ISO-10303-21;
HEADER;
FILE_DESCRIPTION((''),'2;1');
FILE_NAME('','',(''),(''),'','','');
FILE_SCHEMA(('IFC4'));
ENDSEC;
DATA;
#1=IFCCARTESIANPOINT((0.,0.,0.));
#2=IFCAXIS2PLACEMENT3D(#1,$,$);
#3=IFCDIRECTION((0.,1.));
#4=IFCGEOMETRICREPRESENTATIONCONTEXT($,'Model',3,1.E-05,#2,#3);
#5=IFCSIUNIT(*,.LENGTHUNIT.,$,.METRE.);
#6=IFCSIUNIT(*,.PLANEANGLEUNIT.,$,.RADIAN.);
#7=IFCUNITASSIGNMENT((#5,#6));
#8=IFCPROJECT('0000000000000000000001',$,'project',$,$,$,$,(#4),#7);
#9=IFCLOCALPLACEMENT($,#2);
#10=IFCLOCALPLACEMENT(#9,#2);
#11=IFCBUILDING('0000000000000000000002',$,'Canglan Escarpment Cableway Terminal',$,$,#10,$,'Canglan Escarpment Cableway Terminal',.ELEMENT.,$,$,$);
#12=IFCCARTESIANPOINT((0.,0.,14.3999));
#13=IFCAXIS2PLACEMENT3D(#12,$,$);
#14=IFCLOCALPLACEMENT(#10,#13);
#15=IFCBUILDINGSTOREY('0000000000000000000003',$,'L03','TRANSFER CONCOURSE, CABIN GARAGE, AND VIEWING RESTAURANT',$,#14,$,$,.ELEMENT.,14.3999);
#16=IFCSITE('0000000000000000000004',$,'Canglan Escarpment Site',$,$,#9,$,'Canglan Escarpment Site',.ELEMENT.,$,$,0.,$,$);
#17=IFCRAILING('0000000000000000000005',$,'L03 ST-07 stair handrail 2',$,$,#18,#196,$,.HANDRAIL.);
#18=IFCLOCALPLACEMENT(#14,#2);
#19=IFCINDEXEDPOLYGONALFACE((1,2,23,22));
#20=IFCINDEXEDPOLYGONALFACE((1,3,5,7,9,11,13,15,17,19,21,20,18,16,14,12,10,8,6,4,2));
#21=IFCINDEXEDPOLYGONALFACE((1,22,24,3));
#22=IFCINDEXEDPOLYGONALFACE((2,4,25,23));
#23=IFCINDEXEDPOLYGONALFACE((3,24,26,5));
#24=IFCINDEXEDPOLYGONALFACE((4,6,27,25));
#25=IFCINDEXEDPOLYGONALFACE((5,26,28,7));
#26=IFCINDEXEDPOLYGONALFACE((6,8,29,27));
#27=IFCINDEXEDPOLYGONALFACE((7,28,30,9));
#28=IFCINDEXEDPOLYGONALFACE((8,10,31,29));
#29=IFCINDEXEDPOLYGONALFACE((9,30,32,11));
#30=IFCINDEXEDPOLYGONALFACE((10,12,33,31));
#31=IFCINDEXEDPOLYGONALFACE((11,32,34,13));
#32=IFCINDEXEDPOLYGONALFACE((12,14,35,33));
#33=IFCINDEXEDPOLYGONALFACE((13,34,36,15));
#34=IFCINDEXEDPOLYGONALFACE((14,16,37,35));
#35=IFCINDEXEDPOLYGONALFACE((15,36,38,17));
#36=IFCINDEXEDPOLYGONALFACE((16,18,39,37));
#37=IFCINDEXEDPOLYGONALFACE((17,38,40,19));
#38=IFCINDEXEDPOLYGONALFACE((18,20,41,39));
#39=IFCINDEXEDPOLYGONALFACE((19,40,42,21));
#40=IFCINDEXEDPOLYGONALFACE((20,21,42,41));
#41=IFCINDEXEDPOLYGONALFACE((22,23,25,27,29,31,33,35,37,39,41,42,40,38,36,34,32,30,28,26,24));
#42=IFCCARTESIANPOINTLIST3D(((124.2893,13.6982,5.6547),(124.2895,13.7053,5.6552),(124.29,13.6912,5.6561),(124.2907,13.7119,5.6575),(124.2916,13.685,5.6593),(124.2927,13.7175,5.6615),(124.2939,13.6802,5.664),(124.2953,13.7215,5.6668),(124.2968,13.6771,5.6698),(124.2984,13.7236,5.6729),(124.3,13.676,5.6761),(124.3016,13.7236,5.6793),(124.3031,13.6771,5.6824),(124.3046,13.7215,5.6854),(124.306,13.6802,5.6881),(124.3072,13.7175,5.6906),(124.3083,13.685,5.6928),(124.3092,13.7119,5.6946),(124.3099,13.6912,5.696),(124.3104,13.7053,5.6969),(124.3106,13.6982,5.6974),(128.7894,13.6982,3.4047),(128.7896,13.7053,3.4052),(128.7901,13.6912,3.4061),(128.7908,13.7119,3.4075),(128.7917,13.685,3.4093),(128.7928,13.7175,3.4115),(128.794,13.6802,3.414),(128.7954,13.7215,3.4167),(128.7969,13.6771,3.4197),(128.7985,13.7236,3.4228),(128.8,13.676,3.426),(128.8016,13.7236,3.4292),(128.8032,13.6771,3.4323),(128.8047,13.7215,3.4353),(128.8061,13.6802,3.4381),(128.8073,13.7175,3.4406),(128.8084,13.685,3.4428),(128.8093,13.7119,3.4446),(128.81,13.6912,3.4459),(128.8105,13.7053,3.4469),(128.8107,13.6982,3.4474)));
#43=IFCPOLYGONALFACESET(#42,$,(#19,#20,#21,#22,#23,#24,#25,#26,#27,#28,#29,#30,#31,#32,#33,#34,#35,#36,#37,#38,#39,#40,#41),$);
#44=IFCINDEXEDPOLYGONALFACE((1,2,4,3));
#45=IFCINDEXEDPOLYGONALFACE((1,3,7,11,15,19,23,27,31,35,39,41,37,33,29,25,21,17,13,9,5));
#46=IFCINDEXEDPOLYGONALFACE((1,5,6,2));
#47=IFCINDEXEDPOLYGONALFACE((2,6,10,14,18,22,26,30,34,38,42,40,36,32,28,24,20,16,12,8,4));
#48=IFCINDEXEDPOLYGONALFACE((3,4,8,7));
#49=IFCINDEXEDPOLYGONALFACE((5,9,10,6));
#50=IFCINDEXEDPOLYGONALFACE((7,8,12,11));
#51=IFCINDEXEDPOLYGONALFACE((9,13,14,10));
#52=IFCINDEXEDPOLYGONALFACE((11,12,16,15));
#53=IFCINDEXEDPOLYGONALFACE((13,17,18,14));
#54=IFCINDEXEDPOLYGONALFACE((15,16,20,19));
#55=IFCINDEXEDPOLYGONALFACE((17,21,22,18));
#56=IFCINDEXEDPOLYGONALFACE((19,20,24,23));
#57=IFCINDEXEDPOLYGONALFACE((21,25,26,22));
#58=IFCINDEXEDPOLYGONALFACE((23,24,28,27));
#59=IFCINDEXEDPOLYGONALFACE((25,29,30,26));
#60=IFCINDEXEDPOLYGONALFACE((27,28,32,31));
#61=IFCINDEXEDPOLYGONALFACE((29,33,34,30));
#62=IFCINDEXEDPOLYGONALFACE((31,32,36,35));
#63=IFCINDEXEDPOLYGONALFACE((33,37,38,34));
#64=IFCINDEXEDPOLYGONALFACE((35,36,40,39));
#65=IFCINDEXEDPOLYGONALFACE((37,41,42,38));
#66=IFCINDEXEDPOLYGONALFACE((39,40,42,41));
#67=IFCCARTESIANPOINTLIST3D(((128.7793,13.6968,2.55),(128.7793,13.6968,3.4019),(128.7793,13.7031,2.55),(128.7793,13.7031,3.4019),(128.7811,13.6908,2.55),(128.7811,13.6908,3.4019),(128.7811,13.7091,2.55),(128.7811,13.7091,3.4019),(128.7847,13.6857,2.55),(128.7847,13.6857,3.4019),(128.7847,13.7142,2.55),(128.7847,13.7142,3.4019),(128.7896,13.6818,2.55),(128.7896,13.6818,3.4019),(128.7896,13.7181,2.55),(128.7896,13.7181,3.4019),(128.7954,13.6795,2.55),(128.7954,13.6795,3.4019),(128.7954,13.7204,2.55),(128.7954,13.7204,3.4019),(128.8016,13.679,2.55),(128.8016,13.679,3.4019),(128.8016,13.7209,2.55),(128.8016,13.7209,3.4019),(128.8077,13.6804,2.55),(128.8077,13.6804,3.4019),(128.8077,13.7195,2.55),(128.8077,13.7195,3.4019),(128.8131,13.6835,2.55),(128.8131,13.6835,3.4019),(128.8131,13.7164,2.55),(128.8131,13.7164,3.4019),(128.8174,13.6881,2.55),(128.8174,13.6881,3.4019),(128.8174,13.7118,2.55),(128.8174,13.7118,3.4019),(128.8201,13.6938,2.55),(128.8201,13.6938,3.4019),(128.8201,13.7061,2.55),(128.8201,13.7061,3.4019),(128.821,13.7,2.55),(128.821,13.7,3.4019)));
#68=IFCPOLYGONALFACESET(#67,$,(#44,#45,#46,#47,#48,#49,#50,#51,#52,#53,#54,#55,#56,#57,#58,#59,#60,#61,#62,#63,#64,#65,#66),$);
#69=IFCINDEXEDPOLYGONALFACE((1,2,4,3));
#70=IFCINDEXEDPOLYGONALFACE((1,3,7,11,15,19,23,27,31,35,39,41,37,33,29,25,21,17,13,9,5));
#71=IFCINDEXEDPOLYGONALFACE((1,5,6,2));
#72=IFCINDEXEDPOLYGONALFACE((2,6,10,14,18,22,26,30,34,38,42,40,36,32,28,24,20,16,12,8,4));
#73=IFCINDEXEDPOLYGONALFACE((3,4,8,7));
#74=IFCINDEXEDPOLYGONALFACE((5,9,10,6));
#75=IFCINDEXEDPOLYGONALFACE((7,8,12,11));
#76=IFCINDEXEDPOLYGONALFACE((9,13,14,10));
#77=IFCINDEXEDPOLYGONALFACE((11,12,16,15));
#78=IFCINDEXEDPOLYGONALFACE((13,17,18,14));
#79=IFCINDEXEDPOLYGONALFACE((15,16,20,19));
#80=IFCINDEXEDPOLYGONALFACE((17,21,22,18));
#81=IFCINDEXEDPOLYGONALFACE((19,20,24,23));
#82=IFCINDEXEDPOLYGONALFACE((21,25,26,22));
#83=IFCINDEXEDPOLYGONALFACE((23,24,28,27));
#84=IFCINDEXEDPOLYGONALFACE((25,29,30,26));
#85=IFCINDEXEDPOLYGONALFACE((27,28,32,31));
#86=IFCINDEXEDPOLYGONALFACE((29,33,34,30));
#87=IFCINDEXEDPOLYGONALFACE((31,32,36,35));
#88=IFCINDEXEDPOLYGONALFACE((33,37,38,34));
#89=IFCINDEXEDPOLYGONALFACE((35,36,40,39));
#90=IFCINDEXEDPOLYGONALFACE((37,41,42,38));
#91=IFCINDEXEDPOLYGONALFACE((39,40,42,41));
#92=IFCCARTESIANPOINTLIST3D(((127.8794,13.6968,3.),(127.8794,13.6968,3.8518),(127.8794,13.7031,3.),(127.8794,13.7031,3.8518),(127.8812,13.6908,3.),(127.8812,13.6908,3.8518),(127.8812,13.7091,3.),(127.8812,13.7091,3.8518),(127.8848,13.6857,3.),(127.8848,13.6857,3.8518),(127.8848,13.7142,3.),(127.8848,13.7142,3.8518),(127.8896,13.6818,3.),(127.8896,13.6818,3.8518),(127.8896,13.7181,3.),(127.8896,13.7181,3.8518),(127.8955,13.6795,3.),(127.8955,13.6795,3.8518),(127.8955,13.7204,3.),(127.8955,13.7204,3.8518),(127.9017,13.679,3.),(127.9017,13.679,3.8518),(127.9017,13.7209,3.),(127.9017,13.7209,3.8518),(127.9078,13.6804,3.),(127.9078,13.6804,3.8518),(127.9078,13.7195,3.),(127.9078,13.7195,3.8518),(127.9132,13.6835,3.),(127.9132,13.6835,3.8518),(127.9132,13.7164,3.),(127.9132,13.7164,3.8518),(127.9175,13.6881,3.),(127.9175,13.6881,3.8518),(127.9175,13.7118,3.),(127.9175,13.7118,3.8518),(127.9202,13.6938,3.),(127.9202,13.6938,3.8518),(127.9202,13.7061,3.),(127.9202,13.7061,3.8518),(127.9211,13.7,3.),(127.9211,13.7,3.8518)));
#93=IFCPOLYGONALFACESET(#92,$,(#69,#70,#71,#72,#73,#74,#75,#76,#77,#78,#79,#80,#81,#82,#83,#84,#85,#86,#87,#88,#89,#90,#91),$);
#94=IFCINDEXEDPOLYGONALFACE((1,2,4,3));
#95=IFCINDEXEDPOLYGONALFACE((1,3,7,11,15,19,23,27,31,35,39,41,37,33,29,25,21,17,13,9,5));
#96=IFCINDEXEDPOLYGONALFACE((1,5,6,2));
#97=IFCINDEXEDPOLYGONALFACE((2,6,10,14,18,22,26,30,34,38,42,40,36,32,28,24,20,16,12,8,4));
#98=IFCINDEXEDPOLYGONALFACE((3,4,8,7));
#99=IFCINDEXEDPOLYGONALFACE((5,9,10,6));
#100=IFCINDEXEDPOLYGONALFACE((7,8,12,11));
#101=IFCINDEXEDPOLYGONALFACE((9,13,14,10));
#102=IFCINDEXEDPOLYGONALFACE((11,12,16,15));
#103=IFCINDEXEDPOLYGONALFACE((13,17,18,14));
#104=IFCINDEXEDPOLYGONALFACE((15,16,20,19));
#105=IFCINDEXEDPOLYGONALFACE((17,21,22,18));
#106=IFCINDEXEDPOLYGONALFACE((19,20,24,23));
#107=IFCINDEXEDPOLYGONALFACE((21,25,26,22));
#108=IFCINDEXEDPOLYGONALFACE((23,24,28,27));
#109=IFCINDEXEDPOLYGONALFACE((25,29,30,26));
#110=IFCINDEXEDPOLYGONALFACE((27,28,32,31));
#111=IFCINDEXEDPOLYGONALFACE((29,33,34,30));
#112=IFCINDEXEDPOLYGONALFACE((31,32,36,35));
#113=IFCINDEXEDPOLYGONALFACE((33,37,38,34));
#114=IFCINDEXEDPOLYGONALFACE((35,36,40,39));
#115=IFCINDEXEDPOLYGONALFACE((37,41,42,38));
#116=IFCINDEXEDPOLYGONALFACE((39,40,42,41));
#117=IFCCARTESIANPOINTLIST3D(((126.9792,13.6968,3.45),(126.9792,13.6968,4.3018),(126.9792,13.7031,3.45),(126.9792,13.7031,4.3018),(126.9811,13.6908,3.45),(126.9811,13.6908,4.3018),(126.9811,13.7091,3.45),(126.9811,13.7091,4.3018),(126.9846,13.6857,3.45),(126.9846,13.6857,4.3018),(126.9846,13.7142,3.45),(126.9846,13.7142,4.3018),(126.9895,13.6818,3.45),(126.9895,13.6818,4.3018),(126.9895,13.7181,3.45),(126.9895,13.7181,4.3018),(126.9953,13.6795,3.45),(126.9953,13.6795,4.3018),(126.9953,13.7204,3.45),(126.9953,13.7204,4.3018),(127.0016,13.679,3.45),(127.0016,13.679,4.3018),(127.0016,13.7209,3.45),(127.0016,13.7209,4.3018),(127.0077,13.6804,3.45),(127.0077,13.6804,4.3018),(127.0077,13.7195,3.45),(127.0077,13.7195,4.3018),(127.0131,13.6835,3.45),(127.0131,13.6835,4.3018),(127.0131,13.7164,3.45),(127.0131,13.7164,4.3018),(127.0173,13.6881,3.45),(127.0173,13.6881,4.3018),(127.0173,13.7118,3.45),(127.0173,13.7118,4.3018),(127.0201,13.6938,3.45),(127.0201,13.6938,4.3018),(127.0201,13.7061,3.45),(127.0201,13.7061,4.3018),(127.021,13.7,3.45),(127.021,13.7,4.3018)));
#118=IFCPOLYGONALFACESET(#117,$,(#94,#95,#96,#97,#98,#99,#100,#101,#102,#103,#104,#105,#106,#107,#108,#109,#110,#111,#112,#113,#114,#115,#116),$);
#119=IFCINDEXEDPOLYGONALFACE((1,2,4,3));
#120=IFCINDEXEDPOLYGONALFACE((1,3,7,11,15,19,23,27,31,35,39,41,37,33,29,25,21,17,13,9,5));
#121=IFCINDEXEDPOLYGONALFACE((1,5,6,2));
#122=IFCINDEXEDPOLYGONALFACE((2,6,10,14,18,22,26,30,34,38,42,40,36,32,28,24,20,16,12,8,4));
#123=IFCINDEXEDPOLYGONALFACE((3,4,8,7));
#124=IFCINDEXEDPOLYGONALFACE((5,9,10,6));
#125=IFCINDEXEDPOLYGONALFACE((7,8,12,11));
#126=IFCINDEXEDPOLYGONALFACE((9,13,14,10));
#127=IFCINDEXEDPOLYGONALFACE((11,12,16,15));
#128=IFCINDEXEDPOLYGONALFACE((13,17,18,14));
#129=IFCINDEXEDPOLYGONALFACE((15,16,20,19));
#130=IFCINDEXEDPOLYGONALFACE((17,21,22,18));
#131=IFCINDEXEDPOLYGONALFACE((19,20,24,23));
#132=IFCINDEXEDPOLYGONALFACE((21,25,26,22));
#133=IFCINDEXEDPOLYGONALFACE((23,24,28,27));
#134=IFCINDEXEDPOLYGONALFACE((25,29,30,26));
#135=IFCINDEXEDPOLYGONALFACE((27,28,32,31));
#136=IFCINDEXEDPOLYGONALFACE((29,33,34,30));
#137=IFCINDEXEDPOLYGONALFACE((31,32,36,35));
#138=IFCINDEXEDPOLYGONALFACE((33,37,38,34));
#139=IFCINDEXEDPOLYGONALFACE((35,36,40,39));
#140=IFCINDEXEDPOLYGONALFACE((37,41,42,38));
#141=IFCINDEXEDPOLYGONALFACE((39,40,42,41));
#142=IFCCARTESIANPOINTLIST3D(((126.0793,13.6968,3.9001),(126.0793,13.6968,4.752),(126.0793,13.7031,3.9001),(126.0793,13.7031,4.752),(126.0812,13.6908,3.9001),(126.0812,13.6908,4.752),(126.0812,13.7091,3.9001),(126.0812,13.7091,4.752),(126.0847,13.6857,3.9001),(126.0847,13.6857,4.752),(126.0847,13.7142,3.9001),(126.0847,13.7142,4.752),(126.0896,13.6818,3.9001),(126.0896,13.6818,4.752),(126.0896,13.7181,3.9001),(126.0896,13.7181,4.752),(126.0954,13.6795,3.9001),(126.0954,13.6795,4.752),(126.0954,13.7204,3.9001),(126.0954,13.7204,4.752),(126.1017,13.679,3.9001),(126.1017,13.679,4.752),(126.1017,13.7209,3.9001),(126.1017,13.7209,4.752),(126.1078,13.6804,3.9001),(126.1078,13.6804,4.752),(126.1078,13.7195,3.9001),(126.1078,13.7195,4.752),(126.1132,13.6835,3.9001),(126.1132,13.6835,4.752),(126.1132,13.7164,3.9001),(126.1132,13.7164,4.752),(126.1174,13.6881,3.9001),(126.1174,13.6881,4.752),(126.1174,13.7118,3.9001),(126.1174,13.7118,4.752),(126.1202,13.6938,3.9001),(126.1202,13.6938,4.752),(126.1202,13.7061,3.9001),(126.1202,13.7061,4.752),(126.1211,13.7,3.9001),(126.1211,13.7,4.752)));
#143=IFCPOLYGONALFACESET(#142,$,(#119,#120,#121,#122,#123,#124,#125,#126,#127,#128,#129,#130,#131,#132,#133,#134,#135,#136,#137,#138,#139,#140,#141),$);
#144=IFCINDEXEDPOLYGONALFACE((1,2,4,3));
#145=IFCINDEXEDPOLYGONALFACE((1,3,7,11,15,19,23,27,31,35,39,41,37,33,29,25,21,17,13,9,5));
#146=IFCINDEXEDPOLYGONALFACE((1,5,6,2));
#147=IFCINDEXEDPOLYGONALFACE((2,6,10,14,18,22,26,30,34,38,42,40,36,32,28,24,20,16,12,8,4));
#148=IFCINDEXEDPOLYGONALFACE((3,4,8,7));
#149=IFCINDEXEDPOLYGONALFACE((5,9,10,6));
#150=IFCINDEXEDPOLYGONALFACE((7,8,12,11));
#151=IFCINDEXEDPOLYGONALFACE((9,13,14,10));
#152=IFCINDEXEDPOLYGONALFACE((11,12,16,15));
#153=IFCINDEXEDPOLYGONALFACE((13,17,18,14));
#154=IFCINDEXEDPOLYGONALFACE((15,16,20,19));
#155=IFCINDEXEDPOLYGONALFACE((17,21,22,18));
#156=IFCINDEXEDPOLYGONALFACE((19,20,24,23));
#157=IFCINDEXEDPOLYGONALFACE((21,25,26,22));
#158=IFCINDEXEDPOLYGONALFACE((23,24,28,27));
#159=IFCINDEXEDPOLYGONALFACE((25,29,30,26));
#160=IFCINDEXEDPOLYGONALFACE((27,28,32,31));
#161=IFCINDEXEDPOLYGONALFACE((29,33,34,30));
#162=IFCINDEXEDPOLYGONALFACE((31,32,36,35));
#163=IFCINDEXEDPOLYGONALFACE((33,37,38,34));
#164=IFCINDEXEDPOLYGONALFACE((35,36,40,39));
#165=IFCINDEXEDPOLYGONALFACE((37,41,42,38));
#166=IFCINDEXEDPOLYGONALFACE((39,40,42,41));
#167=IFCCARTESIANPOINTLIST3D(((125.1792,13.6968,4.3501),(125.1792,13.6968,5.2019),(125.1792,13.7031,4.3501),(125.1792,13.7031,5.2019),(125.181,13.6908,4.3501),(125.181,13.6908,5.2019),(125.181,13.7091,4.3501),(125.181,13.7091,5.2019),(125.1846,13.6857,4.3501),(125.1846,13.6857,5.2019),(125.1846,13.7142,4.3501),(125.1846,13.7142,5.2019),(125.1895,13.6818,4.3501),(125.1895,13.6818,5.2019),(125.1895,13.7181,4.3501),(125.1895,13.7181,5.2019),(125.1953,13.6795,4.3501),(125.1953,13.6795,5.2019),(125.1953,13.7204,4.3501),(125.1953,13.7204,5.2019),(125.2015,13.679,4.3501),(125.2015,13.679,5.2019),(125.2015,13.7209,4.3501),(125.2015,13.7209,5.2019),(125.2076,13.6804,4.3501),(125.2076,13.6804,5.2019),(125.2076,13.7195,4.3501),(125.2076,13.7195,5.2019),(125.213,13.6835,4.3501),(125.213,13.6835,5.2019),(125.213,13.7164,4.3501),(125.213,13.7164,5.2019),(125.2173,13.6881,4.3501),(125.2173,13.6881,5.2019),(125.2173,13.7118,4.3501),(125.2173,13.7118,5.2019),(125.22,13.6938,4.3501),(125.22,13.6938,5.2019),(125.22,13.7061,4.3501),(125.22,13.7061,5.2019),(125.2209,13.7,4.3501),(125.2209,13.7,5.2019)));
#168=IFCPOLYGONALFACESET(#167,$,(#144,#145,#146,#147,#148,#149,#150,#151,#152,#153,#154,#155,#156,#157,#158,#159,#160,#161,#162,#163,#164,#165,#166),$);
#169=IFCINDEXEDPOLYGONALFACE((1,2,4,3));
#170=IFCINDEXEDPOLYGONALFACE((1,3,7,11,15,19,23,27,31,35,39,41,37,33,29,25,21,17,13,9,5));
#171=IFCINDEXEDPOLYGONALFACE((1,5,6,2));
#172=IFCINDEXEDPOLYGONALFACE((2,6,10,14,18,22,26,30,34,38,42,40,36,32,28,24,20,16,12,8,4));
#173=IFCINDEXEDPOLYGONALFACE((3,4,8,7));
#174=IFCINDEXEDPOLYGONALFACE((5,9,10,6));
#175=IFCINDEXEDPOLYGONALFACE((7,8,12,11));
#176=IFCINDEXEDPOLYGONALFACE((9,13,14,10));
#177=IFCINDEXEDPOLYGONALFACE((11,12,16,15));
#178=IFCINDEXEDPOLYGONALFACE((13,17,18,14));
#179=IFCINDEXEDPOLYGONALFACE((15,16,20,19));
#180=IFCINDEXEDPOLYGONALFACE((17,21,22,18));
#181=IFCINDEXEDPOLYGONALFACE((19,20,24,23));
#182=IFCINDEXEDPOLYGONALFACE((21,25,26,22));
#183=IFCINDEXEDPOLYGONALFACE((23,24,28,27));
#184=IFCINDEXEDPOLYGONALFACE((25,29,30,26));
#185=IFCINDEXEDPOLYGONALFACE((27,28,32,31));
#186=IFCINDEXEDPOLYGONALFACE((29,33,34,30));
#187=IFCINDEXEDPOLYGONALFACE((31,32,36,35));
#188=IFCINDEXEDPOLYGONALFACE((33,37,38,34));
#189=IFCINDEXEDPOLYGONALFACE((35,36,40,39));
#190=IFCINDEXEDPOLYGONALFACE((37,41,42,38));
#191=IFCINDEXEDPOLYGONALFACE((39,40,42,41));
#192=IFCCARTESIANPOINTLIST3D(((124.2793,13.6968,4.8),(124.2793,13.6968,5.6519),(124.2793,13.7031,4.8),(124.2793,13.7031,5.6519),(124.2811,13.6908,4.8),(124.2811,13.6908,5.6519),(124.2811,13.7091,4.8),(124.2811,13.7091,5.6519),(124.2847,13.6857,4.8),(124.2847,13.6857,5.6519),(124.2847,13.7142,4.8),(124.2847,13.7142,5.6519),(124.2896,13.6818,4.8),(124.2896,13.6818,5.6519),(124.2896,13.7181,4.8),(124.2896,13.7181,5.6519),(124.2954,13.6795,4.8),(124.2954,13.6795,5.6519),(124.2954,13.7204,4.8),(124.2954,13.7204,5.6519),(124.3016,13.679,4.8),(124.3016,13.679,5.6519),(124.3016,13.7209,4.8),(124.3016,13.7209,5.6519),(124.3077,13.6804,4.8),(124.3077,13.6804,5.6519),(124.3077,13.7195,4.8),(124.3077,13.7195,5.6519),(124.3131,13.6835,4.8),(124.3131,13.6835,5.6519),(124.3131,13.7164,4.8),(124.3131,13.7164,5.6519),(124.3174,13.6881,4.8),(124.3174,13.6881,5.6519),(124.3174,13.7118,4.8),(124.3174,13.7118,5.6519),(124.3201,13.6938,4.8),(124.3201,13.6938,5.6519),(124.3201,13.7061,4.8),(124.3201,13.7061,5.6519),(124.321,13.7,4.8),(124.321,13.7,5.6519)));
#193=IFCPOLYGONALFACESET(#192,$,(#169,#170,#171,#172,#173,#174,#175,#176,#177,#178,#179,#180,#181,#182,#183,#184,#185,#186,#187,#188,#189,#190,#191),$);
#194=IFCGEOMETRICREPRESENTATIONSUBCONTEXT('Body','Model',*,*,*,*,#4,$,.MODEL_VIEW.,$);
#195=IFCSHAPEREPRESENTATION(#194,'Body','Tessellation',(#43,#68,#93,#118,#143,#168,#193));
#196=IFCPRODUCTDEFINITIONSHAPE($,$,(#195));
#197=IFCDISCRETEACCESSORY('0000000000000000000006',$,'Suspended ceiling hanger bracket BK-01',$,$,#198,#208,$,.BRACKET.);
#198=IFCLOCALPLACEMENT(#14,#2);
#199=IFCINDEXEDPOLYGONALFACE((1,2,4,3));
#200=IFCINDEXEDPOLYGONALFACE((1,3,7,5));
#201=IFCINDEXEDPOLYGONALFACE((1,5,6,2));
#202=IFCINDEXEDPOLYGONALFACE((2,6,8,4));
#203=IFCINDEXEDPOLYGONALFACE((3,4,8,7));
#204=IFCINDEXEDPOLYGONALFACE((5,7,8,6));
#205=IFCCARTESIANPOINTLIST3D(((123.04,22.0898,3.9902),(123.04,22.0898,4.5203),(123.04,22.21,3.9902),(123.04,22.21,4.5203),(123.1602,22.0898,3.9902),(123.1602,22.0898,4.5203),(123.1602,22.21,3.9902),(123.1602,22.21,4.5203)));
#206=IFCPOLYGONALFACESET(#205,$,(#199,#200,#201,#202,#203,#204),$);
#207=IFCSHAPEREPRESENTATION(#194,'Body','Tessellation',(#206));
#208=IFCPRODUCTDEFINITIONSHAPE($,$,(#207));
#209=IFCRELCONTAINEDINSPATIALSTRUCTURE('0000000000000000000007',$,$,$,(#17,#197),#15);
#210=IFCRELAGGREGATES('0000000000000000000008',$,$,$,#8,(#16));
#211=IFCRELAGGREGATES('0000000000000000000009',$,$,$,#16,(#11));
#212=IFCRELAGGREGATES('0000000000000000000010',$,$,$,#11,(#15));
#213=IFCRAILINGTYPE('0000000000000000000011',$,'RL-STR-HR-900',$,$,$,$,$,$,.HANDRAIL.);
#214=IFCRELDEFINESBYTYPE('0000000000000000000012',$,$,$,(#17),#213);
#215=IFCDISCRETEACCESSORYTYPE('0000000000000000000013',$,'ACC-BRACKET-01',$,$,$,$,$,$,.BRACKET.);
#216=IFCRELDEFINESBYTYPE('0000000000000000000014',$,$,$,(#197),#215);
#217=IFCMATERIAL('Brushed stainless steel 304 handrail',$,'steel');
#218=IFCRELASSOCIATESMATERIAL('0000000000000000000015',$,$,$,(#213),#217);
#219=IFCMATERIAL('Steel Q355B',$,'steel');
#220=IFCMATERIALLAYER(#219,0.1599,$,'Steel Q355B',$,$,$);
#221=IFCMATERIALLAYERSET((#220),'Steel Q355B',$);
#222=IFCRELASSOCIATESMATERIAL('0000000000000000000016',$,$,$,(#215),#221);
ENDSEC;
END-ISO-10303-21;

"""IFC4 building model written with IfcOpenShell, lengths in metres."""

from ifc_helpers import new_model, si_unit, direction, frame, origin, origin_2d, place, context, subcontext, project, spatial, rectangle, circle, extrude, material, layer, layer_set, type_object, element, save


model = new_model("IFC4")

# Units and contexts
model_context = context("Model", 3, precision=1e-05, world=origin(), true_north=direction((0.0, 1.0)))
body_context = subcontext(model_context, "Body", "Model", "MODEL_VIEW")
ifc_project = project(units=[si_unit("LENGTHUNIT", "METRE"), si_unit("PLANEANGLEUNIT", "RADIAN")], contexts=[model_context])

# Site, building, storey
site_placement = place(None, origin())
site = spatial("IfcSite", under=ifc_project, at=site_placement, Name="Canglan Escarpment Site", LongName="Canglan Escarpment Site", CompositionType="ELEMENT", RefElevation=0.0)
building_placement = place(site_placement, origin())
building = spatial("IfcBuilding", under=site, at=building_placement, Name="Canglan Escarpment Cableway Terminal", LongName="Canglan Escarpment Cableway Terminal", CompositionType="ELEMENT")
storey_placement = place(building_placement, frame((0.0, 0.0, 14.3999)))
storey = spatial("IfcBuildingStorey", under=building, at=storey_placement, Name="L03", Description="TRANSFER CONCOURSE, CABIN GARAGE, AND VIEWING RESTAURANT", CompositionType="ELEMENT", Elevation=14.3999)

# Shared definitions
ifc_material_1 = material(Name="Steel Q355B", Category="steel")

# Railing
ifc_material_2 = material(Name="Brushed stainless steel 304 handrail", Category="steel")
railing_type_1 = type_object("IfcRailingType", Name="RL-STR-HR-900", PredefinedType="HANDRAIL", material=ifc_material_2)
railing_1_placement = place(storey_placement, frame((128.8, 13.7, 2.55)))
element("IfcRailing", 1, at=railing_1_placement, inside=storey, type_object=railing_type_1, Name="L03 ST-07 stair handrail 2", PredefinedType="HANDRAIL", context=body_context, shape_type="SweptSolid", body=[
    extrude(circle(Radius=0.0239, at=origin_2d()), frame((0.0, 0.0, 0.876), z_axis=(-0.894427, 0.0, 0.447214), x_axis=(0.0, -1.0, 0.0)), (0.0, 0.0, 1.0), 5.0312),
    extrude(circle(Radius=0.021, at=origin_2d()), origin(), (0.0, 0.0, 1.0), 0.8518),
    extrude(circle(Radius=0.021, at=origin_2d()), frame((-0.8999, 0.0, 0.45)), (0.0, 0.0, 1.0), 0.8518),
    extrude(circle(Radius=0.021, at=origin_2d()), frame((-1.8, 0.0, 0.8999)), (0.0, 0.0, 1.0), 0.8518),
    extrude(circle(Radius=0.021, at=origin_2d()), frame((-2.7, 0.0, 1.3501)), (0.0, 0.0, 1.0), 0.8518),
    extrude(circle(Radius=0.021, at=origin_2d()), frame((-3.6001, 0.0, 1.8)), (0.0, 0.0, 1.0), 0.8518),
    extrude(circle(Radius=0.021, at=origin_2d()), frame((-4.5, 0.0, 2.25)), (0.0, 0.0, 1.0), 0.8518),
])

# Discrete accessory
ifc_layer_1 = layer(ifc_material_1, 0.1599, Name="Steel Q355B")
ifc_layer_set_1 = layer_set([ifc_layer_1], Name="Steel Q355B")
discrete_accessory_type = type_object("IfcDiscreteAccessoryType", Name="ACC-BRACKET-01", PredefinedType="BRACKET", material=ifc_layer_set_1)
discrete_accessory_placement = place(storey_placement, frame((123.1001, 22.1499, 3.9902), z_axis=(0.0, 0.0, 1.0), x_axis=(1.0, 0.0, 0.0)))
element("IfcDiscreteAccessory", 2, at=discrete_accessory_placement, inside=storey, type_object=discrete_accessory_type, Name="Suspended ceiling hanger bracket BK-01", PredefinedType="BRACKET", context=body_context, shape_type="SweptSolid", body=[
    extrude(rectangle(XDim=0.1201, YDim=0.1201, at=origin_2d()), origin(), (0.0, 0.0, 1.0), 0.53),
])

save(model, "model.ifc")
